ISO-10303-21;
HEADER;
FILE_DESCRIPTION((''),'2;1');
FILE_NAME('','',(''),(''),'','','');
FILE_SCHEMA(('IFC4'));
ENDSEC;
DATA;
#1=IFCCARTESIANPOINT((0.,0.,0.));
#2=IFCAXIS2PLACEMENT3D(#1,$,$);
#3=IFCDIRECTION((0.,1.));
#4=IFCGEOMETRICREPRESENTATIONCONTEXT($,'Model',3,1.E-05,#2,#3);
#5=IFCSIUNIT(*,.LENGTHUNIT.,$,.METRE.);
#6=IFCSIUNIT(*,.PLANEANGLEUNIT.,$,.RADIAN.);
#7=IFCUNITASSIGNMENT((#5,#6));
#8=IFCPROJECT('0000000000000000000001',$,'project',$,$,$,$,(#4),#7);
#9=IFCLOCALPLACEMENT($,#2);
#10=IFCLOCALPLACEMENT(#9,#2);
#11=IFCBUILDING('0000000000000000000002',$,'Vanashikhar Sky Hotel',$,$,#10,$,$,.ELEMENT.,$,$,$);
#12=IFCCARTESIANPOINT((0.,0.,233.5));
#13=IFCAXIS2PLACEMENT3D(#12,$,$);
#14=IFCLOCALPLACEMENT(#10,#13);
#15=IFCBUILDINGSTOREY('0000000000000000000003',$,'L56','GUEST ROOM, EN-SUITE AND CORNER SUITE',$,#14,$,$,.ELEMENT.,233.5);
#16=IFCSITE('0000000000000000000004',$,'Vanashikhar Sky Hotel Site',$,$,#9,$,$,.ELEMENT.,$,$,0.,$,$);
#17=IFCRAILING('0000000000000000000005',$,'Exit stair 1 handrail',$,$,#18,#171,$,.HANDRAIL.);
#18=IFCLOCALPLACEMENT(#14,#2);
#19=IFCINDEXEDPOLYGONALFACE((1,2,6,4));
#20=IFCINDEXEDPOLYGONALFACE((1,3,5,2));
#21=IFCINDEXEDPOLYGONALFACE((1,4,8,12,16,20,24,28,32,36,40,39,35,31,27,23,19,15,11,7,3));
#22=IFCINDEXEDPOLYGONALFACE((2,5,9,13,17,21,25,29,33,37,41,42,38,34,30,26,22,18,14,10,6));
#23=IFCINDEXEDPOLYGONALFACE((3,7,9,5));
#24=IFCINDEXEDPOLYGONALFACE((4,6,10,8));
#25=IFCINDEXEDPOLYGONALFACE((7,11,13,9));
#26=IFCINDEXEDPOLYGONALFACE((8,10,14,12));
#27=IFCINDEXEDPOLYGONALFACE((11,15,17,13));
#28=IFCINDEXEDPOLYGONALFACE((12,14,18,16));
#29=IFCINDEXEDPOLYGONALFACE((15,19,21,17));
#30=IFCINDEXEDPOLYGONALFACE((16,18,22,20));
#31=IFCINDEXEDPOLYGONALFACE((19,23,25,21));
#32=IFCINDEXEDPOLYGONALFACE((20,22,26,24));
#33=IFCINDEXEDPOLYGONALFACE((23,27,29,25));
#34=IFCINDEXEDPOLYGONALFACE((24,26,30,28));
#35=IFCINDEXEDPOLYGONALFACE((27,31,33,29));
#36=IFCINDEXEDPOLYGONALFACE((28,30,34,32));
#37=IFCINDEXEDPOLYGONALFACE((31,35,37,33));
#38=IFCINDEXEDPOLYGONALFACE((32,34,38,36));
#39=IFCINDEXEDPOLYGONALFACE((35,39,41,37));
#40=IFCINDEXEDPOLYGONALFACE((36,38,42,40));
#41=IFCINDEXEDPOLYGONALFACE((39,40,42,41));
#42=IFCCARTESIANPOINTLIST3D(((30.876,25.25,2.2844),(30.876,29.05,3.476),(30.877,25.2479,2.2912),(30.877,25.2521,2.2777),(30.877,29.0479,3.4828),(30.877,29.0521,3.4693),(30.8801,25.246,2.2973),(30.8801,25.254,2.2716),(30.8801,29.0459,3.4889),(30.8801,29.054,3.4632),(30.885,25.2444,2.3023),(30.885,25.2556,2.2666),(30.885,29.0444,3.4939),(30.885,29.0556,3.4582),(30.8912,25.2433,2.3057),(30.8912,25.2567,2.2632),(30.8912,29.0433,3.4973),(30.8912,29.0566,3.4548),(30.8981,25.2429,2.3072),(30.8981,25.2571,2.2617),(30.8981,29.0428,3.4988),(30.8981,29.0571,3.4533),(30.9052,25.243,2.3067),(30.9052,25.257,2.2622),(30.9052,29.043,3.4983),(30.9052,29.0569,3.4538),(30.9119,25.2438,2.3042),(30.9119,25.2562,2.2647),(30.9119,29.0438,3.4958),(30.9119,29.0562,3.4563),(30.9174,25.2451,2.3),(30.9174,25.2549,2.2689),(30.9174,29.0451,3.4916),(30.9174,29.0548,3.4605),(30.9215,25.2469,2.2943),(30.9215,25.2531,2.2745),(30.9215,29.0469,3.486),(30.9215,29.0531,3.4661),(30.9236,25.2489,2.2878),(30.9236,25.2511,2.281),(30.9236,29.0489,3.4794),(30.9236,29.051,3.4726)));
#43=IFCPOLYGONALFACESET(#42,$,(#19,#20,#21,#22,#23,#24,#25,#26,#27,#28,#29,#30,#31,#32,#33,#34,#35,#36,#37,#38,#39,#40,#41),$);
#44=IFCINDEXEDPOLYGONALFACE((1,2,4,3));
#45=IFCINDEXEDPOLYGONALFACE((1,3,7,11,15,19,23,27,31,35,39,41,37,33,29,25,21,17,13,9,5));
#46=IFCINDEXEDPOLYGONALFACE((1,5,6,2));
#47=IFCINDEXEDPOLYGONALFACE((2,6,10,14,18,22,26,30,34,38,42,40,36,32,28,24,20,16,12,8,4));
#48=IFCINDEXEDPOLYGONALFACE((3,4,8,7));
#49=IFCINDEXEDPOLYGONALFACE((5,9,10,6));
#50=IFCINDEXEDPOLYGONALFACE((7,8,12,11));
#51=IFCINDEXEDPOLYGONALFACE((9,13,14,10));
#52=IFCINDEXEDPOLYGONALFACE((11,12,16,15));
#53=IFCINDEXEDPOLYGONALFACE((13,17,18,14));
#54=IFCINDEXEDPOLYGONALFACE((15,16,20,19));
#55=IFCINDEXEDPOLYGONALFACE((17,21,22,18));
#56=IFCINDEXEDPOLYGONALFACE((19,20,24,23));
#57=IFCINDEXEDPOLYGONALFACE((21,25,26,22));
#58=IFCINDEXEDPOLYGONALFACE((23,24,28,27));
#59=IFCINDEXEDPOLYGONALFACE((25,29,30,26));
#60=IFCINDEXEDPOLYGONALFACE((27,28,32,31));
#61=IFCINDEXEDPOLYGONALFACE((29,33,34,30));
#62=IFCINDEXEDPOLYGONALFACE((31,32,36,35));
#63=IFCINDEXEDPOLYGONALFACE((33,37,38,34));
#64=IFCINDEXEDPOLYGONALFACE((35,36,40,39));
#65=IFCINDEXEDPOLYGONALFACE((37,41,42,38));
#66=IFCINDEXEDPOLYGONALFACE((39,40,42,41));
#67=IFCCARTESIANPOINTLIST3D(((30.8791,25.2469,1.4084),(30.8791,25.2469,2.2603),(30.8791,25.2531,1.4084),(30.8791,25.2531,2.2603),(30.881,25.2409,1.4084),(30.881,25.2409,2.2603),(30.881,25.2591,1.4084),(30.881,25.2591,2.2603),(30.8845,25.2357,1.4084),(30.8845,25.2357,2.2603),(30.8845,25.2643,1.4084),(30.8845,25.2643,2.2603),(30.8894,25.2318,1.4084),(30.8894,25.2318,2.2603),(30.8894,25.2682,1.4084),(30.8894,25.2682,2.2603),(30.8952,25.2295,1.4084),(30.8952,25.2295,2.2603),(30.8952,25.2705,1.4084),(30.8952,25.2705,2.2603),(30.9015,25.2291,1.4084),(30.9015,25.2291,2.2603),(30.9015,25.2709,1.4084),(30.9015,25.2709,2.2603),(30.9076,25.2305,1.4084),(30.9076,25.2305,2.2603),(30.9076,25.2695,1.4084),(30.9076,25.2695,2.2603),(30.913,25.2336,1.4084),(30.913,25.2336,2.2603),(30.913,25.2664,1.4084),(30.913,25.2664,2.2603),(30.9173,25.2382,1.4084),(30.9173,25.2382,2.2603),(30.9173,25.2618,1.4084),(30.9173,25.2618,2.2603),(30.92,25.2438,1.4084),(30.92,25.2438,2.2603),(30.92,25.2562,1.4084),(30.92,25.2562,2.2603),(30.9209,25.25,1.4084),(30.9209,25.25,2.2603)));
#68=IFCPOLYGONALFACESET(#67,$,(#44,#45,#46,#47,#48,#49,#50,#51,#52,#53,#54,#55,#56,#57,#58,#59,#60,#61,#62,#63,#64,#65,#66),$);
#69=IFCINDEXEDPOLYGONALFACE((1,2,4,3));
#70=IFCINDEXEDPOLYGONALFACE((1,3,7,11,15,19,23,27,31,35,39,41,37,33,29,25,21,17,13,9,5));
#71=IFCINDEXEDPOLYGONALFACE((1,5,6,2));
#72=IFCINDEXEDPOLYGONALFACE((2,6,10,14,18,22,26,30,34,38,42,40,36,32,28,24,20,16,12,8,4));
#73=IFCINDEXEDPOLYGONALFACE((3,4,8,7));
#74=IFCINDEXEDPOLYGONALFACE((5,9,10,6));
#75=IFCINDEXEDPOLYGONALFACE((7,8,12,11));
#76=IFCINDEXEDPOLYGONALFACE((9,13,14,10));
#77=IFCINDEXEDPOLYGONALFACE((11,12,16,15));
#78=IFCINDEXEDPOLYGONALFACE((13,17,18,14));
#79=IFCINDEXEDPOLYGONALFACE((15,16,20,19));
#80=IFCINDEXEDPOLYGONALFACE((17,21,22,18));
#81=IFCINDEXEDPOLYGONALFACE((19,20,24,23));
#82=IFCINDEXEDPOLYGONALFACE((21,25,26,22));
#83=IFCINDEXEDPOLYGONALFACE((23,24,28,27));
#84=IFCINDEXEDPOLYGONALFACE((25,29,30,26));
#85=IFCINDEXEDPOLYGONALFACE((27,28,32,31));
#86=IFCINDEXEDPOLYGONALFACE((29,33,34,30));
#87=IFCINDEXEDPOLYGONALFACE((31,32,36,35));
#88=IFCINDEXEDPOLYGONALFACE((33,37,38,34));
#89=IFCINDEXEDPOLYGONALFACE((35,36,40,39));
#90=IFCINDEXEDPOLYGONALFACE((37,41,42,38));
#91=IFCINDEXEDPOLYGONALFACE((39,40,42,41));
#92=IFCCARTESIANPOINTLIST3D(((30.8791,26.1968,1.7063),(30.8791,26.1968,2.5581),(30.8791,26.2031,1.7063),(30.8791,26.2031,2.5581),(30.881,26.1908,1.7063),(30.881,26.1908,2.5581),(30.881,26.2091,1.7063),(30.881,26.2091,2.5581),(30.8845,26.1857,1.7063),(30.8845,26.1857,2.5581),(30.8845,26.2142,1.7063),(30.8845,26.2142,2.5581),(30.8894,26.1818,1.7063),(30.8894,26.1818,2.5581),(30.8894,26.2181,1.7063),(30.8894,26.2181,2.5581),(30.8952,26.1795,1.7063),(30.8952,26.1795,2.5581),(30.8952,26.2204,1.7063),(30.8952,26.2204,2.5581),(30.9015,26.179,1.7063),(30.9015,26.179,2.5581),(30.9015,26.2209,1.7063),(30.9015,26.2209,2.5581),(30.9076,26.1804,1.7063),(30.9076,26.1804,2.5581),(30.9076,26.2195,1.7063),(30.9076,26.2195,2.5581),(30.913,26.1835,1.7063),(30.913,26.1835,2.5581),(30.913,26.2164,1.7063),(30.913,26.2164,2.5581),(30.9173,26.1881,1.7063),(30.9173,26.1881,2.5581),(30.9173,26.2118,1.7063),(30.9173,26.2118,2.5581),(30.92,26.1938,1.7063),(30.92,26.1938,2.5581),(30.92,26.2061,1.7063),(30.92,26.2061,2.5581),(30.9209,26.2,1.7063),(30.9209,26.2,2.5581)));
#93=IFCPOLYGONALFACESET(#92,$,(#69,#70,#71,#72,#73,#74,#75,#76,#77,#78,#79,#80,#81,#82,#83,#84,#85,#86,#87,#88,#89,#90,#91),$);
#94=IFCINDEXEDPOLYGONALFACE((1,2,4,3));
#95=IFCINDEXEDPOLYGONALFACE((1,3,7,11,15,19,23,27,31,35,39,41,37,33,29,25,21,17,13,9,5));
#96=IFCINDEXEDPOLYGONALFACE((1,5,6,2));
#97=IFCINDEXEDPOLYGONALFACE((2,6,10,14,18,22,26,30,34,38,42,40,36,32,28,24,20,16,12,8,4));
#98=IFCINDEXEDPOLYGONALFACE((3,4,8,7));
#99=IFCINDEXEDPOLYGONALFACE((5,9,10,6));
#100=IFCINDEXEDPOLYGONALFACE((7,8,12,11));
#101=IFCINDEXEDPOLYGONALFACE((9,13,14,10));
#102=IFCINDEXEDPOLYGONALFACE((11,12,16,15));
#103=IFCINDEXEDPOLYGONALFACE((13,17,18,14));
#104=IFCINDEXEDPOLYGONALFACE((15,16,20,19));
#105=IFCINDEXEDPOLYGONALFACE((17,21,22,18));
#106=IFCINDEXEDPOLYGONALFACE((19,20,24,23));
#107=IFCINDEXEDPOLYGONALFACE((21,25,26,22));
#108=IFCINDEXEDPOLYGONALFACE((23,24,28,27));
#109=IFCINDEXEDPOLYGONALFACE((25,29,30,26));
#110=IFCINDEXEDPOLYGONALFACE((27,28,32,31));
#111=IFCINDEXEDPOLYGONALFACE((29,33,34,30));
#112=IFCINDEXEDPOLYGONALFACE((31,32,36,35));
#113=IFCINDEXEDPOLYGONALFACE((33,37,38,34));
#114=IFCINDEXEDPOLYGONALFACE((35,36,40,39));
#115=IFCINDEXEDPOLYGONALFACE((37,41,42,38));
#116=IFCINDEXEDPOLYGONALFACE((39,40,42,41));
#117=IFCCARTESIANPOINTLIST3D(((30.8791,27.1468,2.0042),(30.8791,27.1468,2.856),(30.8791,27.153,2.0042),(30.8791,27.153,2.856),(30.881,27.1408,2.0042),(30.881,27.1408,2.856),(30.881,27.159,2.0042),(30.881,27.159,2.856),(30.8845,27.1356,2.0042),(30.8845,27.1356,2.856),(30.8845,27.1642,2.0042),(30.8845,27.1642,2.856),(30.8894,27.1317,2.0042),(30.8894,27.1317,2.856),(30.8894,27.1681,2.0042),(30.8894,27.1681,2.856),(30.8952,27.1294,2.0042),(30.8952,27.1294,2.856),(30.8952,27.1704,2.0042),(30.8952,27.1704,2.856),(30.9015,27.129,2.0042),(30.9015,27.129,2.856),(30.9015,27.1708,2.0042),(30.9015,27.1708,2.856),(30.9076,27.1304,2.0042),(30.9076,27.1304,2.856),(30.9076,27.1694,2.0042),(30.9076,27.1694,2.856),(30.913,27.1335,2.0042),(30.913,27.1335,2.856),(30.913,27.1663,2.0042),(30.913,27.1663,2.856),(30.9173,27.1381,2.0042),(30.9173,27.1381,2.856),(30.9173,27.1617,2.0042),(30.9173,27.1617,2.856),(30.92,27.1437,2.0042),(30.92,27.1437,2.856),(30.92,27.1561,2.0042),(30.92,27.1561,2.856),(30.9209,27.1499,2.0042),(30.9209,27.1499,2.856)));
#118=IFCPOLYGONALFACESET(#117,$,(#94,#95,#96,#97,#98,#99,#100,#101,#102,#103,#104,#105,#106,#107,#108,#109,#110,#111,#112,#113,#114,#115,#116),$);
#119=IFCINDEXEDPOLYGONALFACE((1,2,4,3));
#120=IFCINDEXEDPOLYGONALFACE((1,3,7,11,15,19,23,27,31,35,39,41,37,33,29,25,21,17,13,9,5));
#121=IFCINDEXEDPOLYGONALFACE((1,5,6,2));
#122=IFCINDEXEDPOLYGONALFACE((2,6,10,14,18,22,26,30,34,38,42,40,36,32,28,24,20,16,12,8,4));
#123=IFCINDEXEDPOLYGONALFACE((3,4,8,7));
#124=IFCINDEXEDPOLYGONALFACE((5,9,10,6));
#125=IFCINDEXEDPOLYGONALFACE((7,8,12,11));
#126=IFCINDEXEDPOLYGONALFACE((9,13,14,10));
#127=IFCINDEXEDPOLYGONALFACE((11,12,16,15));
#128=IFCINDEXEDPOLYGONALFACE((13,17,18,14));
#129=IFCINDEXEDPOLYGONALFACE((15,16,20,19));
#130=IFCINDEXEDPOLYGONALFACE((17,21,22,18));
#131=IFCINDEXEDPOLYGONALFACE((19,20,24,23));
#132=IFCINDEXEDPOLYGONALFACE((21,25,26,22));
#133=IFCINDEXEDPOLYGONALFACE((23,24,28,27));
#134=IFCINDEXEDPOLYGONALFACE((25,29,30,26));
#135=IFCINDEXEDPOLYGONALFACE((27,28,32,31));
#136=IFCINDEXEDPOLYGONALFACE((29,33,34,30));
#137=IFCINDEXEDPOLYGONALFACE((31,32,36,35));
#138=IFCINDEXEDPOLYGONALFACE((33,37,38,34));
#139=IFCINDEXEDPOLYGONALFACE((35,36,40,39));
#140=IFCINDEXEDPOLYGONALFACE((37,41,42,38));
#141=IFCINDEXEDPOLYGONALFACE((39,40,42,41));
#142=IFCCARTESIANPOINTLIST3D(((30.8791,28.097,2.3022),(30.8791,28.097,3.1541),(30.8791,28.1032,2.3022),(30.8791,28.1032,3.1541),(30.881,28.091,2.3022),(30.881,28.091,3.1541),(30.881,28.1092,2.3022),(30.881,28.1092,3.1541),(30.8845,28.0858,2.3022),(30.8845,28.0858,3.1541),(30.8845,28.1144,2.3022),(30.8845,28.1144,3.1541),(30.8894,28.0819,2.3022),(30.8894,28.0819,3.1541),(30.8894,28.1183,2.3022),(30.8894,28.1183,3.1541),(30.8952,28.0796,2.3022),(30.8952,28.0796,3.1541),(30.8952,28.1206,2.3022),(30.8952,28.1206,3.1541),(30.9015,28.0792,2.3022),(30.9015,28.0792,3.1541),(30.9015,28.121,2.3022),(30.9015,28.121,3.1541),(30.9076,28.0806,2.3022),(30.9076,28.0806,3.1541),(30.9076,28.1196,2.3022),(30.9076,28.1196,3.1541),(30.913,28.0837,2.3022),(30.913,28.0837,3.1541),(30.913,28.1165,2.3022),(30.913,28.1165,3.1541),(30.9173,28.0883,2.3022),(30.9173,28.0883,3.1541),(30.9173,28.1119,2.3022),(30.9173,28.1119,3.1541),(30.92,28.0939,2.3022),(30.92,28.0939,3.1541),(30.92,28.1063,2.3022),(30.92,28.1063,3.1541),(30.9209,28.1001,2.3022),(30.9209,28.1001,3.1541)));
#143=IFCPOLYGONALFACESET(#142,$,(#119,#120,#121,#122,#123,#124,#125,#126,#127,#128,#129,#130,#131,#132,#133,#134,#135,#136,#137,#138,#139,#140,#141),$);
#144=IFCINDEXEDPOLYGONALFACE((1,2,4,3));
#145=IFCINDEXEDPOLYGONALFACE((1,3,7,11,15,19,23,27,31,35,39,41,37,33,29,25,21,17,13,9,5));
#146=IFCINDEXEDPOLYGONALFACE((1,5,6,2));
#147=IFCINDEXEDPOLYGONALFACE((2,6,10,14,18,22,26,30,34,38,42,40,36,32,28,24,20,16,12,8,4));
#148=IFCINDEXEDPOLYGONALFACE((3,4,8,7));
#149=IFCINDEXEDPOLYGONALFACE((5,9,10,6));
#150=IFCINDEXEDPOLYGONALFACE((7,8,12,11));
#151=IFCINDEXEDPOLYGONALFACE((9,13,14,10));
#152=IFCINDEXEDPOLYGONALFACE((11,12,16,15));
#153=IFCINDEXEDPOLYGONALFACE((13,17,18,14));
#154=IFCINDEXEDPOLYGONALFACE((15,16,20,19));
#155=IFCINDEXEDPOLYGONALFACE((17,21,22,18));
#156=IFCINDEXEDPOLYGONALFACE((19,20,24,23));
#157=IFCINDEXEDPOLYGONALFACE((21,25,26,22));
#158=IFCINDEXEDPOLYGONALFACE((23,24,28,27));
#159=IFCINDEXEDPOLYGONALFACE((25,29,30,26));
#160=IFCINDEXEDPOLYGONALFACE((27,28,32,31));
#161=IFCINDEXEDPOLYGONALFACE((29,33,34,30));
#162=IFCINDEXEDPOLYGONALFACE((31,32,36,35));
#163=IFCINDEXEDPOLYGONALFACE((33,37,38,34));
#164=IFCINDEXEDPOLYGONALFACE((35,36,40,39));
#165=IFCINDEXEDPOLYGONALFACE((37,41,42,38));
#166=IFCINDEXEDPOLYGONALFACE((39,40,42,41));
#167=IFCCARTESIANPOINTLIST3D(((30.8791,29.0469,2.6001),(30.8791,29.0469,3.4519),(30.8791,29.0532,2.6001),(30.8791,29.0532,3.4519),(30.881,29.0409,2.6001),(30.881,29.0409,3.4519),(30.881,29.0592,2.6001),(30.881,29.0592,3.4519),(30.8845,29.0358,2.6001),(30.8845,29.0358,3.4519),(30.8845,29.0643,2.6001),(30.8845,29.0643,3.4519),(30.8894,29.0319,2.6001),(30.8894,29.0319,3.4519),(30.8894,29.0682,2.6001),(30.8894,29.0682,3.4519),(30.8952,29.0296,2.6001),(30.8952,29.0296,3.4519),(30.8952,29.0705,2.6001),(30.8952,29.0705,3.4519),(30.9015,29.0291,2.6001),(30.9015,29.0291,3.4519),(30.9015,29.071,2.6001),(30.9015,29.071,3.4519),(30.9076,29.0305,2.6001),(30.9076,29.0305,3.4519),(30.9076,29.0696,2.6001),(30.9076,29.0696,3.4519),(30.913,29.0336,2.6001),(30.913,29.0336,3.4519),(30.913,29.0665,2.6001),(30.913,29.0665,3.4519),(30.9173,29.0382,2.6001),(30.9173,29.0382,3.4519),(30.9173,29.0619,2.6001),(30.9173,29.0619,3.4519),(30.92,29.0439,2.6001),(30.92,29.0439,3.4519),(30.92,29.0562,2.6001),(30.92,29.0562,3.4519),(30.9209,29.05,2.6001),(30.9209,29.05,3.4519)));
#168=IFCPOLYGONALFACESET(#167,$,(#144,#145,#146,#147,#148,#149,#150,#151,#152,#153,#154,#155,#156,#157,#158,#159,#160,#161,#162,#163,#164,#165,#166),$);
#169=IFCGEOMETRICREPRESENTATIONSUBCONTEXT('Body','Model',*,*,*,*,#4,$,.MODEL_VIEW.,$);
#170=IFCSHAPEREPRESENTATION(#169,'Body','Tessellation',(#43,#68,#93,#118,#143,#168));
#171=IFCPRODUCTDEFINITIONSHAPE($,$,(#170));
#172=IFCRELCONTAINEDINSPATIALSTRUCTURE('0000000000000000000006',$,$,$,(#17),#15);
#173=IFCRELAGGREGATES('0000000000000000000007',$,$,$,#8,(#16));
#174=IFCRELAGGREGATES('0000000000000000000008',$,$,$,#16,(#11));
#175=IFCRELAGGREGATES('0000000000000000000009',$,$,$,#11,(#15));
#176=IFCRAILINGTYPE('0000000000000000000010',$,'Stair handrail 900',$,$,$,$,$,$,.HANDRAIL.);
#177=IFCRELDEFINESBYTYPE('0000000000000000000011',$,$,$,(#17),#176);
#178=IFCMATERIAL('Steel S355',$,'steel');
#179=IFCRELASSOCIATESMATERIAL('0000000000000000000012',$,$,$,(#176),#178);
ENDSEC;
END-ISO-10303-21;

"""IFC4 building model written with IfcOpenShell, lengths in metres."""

from ifc_helpers import new_model, si_unit, direction, frame, origin, origin_2d, place, context, subcontext, project, spatial, circle, extrude, source, transform, mapped, material, type_object, element, save


model = new_model("IFC4")

# Units and contexts
model_context = context("Model", 3, precision=1e-05, world=origin(), true_north=direction((0.0, 1.0)))
body_context = subcontext(model_context, "Body", "Model", "MODEL_VIEW")
ifc_project = project(units=[si_unit("LENGTHUNIT", "METRE"), si_unit("PLANEANGLEUNIT", "RADIAN")], contexts=[model_context])

# Site, building, storey
site_placement = place(None, origin())
site = spatial("IfcSite", under=ifc_project, at=site_placement, Name="Vanashikhar Sky Hotel Site", CompositionType="ELEMENT", RefElevation=0.0)
building_placement = place(site_placement, origin())
building = spatial("IfcBuilding", under=site, at=building_placement, Name="Vanashikhar Sky Hotel", CompositionType="ELEMENT")
storey_placement = place(building_placement, frame((0.0, 0.0, 233.5)))
storey = spatial("IfcBuildingStorey", under=building, at=storey_placement, Name="L56", Description="GUEST ROOM, EN-SUITE AND CORNER SUITE", CompositionType="ELEMENT", Elevation=233.5)

# Railing
ifc_material_1 = material(Name="Steel S355", Category="steel")
railing_type = type_object("IfcRailingType", Name="Stair handrail 900", PredefinedType="HANDRAIL", material=ifc_material_1)
shared_shape_1 = source(origin(), body_context, "Body", "SweptSolid", [
    extrude(circle(Radius=0.0239, at=origin_2d()), frame((0.0, 0.0, 0.876), z_axis=(0.0, 0.954184, 0.299221), x_axis=(-1.0, 0.0, 0.0)), (0.0, 0.0, 1.0), 3.9824),
    extrude(circle(Radius=0.021, at=origin_2d()), origin(), (0.0, 0.0, 1.0), 0.8518),
    extrude(circle(Radius=0.021, at=origin_2d()), frame((0.0, 0.95, 0.2979)), (0.0, 0.0, 1.0), 0.8518),
    extrude(circle(Radius=0.021, at=origin_2d()), frame((0.0, 1.8999, 0.5957)), (0.0, 0.0, 1.0), 0.8518),
    extrude(circle(Radius=0.021, at=origin_2d()), frame((0.0, 2.8501, 0.8938)), (0.0, 0.0, 1.0), 0.8518),
    extrude(circle(Radius=0.021, at=origin_2d()), frame((0.0, 3.8, 1.1917)), (0.0, 0.0, 1.0), 0.8518),
])
railing_placement = place(storey_placement, frame((30.8999, 25.25, 1.4084)))
element("IfcRailing", 1, at=railing_placement, inside=storey, type_object=railing_type, Name="Exit stair 1 handrail", PredefinedType="HANDRAIL", context=body_context, shape_type="MappedRepresentation", body=[
    mapped(shared_shape_1, transform((0.0, 0.0, 0.0), scale=1.0)),
])

save(model, "model.ifc")
